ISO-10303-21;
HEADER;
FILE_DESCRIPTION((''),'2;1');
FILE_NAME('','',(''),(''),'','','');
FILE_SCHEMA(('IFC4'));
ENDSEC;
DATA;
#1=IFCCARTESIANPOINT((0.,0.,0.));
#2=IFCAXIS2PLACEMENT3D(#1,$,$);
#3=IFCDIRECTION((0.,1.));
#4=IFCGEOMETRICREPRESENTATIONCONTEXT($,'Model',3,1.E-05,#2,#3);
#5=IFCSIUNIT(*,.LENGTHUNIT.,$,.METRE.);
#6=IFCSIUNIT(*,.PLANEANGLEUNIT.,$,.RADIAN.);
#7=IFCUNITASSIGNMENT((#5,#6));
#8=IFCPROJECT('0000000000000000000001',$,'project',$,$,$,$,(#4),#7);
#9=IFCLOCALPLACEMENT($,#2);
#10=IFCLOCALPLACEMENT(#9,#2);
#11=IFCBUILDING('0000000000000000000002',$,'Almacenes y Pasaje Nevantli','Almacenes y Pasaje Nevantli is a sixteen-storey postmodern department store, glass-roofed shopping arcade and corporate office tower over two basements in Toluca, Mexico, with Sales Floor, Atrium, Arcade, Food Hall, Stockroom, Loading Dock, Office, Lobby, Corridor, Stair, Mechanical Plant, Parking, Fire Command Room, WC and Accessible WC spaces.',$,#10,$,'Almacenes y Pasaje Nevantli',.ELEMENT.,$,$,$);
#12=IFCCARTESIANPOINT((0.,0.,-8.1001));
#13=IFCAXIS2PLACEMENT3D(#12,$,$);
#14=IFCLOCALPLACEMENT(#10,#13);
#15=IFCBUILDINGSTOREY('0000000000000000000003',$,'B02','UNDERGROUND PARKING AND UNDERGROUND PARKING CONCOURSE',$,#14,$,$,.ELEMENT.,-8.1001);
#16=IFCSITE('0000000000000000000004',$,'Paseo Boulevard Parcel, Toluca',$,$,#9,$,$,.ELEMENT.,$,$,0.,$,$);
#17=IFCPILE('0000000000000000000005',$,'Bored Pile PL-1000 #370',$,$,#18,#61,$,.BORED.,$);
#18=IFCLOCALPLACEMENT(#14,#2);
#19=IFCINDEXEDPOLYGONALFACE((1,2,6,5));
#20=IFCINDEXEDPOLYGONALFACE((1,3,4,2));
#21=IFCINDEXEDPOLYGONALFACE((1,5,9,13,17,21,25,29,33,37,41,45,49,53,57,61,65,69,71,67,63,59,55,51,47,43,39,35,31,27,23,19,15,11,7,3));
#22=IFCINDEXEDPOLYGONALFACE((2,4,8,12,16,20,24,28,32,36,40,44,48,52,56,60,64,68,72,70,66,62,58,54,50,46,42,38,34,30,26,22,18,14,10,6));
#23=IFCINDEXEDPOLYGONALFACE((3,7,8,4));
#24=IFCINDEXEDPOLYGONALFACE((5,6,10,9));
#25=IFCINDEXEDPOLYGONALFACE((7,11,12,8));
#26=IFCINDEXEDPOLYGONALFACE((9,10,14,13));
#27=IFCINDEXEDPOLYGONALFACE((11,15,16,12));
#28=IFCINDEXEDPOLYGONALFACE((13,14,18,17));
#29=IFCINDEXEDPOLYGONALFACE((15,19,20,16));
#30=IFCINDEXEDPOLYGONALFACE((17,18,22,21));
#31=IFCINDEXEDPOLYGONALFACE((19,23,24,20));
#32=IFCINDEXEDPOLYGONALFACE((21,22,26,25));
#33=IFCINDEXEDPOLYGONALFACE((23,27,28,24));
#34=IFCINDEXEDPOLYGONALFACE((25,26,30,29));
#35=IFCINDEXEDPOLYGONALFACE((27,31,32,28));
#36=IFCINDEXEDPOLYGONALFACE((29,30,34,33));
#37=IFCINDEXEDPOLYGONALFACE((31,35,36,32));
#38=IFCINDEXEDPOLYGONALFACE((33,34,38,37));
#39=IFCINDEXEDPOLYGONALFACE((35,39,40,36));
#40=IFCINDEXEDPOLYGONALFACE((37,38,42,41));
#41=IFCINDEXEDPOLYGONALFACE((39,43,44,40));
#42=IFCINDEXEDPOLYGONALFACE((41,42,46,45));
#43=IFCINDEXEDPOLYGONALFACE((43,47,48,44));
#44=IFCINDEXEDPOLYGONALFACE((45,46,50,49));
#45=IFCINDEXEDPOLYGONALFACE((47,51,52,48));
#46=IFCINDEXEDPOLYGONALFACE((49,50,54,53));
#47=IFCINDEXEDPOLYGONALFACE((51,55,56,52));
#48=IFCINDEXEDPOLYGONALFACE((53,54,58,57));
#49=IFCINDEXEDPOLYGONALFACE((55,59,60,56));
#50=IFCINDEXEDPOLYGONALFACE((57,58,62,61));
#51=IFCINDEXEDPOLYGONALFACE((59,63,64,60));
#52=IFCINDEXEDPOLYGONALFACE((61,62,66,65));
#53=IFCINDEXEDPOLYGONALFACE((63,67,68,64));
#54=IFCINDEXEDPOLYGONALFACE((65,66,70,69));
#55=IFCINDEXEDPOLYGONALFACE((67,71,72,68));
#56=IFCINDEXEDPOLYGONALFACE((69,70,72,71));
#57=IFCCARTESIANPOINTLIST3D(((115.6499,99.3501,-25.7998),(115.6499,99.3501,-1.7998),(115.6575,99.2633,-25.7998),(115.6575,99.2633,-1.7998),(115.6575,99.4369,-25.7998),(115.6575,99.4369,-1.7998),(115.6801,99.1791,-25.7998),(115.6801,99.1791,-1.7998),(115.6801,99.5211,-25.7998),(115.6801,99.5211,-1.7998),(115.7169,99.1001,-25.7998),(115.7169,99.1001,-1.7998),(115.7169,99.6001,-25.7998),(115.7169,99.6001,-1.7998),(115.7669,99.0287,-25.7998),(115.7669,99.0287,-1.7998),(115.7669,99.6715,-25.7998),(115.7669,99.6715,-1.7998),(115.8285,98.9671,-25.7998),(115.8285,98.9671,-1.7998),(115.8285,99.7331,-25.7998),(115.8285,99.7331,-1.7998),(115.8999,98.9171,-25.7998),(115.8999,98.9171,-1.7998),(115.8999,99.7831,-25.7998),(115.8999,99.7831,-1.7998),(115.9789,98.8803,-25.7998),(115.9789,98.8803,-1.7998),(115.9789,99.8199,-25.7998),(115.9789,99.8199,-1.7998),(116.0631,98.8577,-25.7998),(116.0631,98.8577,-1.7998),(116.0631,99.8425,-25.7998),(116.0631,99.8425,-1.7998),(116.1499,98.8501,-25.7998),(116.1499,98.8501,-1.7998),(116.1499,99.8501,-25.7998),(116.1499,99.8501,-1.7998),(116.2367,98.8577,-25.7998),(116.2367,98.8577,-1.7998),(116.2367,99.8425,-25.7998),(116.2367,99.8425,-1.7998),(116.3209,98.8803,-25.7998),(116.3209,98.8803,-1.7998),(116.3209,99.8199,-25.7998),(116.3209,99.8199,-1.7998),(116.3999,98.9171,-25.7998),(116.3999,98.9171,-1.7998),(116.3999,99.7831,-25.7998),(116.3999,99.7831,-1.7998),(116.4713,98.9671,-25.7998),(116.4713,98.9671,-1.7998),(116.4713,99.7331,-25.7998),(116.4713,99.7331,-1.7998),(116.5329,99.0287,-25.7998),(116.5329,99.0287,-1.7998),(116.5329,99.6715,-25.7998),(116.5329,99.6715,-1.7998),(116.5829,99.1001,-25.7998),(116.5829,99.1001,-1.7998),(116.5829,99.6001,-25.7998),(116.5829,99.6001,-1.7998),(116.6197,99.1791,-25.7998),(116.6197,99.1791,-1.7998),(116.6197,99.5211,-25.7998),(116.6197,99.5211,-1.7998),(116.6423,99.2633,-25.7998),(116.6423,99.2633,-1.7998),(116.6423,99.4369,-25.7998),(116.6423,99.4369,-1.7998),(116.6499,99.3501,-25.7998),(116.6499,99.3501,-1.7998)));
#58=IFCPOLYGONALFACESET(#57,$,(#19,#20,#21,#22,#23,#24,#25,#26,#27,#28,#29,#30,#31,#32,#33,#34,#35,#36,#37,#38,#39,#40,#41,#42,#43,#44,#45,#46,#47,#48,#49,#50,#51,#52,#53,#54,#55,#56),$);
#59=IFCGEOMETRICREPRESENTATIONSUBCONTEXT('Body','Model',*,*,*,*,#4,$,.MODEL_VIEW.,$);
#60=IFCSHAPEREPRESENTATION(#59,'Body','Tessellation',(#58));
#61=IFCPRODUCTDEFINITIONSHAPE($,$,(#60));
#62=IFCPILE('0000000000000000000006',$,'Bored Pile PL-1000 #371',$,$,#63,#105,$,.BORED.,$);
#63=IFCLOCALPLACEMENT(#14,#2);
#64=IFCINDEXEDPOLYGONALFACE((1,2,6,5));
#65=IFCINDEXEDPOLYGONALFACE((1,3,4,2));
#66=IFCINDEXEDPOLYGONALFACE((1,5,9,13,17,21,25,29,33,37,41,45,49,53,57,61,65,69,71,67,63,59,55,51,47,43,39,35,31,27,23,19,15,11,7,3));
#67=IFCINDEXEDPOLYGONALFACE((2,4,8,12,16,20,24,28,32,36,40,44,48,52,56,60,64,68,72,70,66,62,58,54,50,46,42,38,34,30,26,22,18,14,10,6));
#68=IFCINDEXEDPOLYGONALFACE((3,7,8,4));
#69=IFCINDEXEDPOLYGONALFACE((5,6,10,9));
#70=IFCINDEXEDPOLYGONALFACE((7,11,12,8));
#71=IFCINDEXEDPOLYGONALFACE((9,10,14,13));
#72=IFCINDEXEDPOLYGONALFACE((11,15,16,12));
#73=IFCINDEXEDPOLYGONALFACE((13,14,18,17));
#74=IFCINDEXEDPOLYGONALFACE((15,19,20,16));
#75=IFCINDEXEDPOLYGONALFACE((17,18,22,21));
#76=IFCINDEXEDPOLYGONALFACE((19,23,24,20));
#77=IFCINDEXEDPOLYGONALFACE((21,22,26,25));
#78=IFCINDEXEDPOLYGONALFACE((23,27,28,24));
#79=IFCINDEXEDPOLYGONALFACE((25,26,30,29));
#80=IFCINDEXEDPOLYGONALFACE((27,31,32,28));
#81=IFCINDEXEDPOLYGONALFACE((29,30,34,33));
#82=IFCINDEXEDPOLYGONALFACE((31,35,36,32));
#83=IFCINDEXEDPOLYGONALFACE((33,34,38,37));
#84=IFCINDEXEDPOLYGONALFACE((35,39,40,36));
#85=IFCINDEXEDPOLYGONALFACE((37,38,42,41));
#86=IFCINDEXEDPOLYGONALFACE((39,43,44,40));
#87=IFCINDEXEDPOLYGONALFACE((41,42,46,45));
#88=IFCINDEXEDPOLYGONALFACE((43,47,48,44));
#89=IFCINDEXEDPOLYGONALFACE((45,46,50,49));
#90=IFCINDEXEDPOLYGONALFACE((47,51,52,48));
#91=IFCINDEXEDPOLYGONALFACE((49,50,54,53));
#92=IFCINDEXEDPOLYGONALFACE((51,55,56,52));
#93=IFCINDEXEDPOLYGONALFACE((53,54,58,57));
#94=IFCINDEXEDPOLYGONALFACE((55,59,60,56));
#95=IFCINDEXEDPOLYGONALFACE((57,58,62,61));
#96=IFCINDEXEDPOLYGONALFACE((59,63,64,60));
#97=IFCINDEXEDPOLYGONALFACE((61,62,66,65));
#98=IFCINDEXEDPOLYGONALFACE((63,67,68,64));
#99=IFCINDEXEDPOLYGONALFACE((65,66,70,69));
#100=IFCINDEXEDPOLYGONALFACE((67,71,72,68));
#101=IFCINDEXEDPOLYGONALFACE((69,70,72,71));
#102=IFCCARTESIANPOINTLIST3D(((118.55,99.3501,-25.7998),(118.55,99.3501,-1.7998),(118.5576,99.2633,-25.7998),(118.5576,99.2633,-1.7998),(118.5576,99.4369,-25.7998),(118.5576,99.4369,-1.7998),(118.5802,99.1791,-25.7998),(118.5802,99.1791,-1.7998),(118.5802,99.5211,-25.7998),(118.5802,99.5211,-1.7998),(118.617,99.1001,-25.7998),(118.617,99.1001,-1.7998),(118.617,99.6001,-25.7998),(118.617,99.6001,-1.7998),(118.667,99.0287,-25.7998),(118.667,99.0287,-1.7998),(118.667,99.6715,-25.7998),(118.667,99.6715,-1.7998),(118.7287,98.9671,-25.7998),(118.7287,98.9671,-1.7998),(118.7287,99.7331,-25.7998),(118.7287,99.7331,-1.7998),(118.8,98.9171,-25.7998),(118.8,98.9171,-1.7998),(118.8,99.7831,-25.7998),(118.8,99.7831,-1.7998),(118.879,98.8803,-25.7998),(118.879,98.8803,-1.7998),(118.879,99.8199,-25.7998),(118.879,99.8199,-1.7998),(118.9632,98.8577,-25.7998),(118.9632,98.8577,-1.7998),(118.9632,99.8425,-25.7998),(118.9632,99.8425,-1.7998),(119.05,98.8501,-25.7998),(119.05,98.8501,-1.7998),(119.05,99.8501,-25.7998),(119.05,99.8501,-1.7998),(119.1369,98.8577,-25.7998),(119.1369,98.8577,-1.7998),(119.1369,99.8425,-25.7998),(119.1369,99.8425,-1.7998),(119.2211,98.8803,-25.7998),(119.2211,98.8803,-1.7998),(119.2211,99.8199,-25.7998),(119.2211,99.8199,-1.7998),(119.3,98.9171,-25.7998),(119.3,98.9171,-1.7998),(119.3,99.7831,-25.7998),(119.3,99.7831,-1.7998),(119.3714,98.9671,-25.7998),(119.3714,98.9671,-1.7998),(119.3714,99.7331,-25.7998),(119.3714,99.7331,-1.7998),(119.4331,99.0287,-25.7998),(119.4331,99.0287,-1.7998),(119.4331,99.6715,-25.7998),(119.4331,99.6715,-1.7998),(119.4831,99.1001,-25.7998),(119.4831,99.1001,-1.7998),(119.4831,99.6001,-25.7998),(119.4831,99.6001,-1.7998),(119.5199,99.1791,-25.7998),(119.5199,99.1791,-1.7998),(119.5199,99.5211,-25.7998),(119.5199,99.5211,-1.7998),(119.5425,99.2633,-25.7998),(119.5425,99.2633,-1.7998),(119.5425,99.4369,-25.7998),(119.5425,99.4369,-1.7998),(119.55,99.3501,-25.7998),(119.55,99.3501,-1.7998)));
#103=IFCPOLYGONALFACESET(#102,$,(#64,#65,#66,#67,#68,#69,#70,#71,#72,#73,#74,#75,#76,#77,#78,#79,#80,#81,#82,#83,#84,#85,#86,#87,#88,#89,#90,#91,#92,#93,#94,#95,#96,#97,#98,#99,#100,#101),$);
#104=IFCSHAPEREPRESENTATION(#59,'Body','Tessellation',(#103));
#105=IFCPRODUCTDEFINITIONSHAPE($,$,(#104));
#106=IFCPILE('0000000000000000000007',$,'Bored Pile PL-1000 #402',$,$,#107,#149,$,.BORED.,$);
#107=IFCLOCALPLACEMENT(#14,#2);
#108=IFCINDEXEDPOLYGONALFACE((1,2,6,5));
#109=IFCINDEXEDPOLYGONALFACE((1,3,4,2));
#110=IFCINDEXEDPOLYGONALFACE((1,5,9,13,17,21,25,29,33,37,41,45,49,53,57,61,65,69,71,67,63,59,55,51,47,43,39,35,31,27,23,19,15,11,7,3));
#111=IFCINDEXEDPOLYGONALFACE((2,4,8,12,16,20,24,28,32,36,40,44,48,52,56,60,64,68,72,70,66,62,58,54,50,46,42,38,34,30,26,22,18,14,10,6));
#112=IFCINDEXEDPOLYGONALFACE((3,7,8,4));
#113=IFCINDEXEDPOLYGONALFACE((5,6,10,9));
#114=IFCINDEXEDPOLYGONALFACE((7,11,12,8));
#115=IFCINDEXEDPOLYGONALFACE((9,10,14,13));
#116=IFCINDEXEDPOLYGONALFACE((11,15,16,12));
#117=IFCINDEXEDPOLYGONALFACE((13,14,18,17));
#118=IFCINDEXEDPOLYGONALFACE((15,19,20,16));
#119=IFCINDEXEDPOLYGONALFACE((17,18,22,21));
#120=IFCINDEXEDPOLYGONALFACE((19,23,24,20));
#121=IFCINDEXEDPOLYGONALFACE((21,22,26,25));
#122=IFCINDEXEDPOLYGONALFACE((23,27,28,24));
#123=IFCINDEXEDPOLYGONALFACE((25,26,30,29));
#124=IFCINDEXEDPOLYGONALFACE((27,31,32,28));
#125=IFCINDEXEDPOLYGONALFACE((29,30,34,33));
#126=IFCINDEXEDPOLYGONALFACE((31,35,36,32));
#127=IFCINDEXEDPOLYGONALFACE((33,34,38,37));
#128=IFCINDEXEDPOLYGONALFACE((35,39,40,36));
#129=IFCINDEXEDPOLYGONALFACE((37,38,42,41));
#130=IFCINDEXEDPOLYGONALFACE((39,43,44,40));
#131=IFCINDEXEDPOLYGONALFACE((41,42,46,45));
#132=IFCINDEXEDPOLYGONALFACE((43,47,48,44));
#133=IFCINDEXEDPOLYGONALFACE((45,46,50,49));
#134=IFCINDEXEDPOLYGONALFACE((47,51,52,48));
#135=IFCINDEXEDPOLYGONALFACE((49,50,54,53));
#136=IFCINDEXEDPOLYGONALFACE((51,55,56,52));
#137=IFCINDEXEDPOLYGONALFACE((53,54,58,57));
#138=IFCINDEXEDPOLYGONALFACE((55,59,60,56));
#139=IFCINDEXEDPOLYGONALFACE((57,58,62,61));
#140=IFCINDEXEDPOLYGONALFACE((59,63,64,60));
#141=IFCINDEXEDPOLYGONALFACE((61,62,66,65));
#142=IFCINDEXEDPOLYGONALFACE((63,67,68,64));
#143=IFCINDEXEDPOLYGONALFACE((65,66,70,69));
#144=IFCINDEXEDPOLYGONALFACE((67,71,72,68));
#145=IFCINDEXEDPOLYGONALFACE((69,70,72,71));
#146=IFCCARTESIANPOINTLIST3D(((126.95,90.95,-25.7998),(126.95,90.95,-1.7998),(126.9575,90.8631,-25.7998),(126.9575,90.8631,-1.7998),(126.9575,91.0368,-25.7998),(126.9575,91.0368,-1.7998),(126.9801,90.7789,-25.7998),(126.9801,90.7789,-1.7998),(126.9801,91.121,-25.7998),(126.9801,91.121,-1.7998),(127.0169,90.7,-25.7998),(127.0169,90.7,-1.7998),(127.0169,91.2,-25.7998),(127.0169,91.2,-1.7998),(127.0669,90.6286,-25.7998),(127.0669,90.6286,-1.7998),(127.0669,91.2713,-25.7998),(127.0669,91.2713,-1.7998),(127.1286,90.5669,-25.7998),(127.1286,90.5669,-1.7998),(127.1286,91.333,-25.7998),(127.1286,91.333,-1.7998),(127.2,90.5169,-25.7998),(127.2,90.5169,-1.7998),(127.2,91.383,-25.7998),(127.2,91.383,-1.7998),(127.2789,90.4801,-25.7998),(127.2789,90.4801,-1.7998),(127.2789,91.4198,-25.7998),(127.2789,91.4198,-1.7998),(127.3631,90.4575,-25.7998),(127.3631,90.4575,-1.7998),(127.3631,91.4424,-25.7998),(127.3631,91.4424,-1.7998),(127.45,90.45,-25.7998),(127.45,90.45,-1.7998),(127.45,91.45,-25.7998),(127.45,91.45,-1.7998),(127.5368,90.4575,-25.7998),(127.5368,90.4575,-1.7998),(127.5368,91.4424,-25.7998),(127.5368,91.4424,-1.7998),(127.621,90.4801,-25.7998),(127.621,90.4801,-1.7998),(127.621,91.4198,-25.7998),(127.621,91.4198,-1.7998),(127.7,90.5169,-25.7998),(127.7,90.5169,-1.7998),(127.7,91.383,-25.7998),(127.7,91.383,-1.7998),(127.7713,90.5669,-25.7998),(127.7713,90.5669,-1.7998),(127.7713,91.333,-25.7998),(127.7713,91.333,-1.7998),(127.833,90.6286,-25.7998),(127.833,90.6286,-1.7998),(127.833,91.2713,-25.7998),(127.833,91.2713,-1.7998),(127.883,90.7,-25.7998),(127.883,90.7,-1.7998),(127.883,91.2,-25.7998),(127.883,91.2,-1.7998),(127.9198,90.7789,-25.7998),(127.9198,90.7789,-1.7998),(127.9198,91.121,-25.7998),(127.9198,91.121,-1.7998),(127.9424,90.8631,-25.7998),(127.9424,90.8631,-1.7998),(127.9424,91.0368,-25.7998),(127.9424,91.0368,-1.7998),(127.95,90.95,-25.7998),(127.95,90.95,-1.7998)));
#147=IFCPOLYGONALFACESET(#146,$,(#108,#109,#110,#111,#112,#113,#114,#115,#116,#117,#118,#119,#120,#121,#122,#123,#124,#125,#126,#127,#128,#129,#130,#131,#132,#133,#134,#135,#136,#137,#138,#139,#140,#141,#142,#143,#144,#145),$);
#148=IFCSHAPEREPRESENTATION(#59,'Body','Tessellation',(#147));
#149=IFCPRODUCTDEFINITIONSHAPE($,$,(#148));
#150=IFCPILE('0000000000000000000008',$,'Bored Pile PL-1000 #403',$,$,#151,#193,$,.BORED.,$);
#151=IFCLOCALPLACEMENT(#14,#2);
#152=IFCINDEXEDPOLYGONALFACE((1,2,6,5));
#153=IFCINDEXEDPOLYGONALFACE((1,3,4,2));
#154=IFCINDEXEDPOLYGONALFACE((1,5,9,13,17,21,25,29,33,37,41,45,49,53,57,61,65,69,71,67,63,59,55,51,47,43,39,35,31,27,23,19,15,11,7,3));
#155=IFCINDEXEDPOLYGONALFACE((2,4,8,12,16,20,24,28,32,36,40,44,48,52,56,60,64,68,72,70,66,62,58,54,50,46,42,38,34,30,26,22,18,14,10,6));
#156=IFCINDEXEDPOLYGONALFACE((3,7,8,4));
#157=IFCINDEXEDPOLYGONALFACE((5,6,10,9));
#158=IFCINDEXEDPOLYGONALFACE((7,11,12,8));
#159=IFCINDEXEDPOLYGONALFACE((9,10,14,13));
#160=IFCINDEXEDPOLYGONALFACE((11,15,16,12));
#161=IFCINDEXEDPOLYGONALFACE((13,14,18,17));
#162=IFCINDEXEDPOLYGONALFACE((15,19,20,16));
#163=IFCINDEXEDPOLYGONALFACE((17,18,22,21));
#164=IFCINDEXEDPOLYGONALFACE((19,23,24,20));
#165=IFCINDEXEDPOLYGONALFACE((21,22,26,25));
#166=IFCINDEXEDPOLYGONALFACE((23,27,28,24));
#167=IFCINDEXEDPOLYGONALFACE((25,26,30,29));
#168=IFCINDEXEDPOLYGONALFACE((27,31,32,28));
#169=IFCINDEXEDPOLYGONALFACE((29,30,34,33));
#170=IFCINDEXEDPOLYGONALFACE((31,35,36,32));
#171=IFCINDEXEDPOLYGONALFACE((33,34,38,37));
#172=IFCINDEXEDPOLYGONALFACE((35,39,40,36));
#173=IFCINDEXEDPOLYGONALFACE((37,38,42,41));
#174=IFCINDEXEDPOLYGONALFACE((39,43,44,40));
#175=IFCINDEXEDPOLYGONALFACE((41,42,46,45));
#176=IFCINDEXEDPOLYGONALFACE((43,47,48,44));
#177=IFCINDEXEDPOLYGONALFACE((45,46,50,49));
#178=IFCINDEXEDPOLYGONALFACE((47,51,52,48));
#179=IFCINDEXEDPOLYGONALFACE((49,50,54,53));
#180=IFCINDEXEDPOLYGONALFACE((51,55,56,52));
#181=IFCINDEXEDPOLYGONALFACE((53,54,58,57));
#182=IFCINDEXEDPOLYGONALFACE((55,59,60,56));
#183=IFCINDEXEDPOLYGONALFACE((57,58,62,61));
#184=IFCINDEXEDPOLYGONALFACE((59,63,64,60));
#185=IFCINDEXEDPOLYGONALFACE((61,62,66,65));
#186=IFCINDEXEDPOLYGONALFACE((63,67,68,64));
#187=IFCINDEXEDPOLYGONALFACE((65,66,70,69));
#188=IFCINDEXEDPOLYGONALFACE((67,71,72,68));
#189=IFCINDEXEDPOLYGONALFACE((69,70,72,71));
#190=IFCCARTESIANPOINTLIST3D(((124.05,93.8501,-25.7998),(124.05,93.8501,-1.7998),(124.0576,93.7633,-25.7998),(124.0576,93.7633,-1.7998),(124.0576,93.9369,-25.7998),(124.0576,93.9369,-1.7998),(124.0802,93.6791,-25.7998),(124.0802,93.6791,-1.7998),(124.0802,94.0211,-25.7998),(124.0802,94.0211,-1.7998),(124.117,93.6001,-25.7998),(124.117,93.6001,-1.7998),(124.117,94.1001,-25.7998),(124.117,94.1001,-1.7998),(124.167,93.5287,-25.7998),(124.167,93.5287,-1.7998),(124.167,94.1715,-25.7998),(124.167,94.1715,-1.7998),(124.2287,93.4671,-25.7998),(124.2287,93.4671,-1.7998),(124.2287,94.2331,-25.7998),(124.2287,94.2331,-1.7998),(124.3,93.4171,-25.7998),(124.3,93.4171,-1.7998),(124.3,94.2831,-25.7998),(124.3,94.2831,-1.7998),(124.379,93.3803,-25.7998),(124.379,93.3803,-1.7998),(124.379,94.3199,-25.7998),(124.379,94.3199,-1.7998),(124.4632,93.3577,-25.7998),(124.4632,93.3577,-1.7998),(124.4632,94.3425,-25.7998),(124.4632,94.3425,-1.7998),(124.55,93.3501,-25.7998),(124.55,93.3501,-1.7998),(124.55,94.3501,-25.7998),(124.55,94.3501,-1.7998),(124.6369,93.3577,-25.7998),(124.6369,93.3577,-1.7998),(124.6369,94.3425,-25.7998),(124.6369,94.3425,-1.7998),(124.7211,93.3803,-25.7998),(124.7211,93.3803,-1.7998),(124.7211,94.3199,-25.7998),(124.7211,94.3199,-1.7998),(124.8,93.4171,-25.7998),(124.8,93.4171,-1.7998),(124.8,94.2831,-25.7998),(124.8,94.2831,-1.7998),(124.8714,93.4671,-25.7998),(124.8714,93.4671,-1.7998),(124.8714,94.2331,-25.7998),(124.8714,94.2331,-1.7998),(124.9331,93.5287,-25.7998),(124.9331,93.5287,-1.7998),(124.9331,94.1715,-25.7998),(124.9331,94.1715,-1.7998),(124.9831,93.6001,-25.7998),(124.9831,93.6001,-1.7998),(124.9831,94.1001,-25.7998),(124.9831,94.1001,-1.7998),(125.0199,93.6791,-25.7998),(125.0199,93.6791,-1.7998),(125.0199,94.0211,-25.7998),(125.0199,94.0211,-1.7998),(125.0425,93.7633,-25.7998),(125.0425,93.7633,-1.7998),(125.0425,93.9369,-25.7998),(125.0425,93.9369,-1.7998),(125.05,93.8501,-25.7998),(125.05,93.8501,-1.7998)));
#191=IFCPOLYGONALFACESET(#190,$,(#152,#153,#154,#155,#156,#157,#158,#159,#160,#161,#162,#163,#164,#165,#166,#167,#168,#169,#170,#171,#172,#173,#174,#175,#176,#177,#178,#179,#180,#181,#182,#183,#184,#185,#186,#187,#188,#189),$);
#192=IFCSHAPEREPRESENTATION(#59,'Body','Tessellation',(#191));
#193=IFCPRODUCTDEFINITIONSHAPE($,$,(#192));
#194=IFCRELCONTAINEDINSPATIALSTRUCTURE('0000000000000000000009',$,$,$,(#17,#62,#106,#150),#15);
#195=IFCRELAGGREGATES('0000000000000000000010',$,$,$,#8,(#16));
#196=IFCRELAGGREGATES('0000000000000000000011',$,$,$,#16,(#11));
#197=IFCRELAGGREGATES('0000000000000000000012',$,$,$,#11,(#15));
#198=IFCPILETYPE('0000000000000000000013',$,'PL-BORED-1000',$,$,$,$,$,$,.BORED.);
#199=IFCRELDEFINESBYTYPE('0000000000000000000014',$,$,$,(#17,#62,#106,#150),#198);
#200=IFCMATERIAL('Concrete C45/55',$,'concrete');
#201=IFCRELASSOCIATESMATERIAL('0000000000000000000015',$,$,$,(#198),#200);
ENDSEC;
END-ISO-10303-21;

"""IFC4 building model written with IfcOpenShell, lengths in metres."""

from ifc_helpers import new_model, si_unit, direction, frame, origin, origin_2d, place, context, subcontext, project, spatial, circle, extrude, material, material_profile, profile_set, type_object, element, save


model = new_model("IFC4")

# Units and contexts
model_context = context("Model", 3, precision=1e-05, world=origin(), true_north=direction((0.0, 1.0)))
body_context = subcontext(model_context, "Body", "Model", "MODEL_VIEW")
ifc_project = project(units=[si_unit("LENGTHUNIT", "METRE"), si_unit("PLANEANGLEUNIT", "RADIAN")], contexts=[model_context])

# Site, building, storey
site_placement = place(None, origin())
site = spatial("IfcSite", under=ifc_project, at=site_placement, Name="Paseo Boulevard Parcel, Toluca", CompositionType="ELEMENT", RefElevation=0.0)
building_placement = place(site_placement, origin())
building = spatial("IfcBuilding", under=site, at=building_placement, Name="Almacenes y Pasaje Nevantli", Description="Almacenes y Pasaje Nevantli is a sixteen-storey postmodern department store, glass-roofed shopping arcade and corporate office tower over two basements in Toluca, Mexico, with Sales Floor, Atrium, Arcade, Food Hall, Stockroom, Loading Dock, Office, Lobby, Corridor, Stair, Mechanical Plant, Parking, Fire Command Room, WC and Accessible WC spaces.", LongName="Almacenes y Pasaje Nevantli", CompositionType="ELEMENT")
storey_placement = place(building_placement, frame((0.0, 0.0, -8.1001)))
storey = spatial("IfcBuildingStorey", under=building, at=storey_placement, Name="B02", Description="UNDERGROUND PARKING AND UNDERGROUND PARKING CONCOURSE", CompositionType="ELEMENT", Elevation=-8.1001)

# Piles
ifc_material_1 = material(Name="Concrete C45/55", Category="concrete")
ifc_material_profile_1 = material_profile(ifc_material_1, circle(Radius=0.5, at=origin_2d()), Name="RC-PILE-D1000")
ifc_profile_set_1 = profile_set([ifc_material_profile_1], Name="Concrete C45/55")
pile_type = type_object("IfcPileType", Name="PL-BORED-1000", PredefinedType="BORED", material=ifc_profile_set_1)
for number, where, z_axis, x_axis, name in (
    (1, (116.1499, 99.3501, -1.7998), (0.0, 0.0, -1.0), (1.0, 0.0, 0.0), "Bored Pile PL-1000 #370"),
    (2, (119.05, 99.3501, -1.7998), (0.0, 0.0, -1.0), (1.0, 0.0, 0.0), "Bored Pile PL-1000 #371"),
    (3, (127.45, 90.95, -1.7998), (0.0, 0.0, -1.0), (1.0, 0.0, 0.0), "Bored Pile PL-1000 #402"),
    (4, (124.55, 93.8501, -1.7998), (0.0, 0.0, -1.0), (1.0, 0.0, 0.0), "Bored Pile PL-1000 #403"),
):
    element("IfcPile", number, at=place(storey_placement, frame(where, z_axis=z_axis, x_axis=x_axis)), inside=storey, type_object=pile_type, Name=name, PredefinedType="BORED", context=body_context, shape_type="SweptSolid", body=[
        extrude(circle(Radius=0.5, at=origin_2d()), origin(), (0.0, 0.0, 1.0), 24.0),
    ])

save(model, "model.ifc")
